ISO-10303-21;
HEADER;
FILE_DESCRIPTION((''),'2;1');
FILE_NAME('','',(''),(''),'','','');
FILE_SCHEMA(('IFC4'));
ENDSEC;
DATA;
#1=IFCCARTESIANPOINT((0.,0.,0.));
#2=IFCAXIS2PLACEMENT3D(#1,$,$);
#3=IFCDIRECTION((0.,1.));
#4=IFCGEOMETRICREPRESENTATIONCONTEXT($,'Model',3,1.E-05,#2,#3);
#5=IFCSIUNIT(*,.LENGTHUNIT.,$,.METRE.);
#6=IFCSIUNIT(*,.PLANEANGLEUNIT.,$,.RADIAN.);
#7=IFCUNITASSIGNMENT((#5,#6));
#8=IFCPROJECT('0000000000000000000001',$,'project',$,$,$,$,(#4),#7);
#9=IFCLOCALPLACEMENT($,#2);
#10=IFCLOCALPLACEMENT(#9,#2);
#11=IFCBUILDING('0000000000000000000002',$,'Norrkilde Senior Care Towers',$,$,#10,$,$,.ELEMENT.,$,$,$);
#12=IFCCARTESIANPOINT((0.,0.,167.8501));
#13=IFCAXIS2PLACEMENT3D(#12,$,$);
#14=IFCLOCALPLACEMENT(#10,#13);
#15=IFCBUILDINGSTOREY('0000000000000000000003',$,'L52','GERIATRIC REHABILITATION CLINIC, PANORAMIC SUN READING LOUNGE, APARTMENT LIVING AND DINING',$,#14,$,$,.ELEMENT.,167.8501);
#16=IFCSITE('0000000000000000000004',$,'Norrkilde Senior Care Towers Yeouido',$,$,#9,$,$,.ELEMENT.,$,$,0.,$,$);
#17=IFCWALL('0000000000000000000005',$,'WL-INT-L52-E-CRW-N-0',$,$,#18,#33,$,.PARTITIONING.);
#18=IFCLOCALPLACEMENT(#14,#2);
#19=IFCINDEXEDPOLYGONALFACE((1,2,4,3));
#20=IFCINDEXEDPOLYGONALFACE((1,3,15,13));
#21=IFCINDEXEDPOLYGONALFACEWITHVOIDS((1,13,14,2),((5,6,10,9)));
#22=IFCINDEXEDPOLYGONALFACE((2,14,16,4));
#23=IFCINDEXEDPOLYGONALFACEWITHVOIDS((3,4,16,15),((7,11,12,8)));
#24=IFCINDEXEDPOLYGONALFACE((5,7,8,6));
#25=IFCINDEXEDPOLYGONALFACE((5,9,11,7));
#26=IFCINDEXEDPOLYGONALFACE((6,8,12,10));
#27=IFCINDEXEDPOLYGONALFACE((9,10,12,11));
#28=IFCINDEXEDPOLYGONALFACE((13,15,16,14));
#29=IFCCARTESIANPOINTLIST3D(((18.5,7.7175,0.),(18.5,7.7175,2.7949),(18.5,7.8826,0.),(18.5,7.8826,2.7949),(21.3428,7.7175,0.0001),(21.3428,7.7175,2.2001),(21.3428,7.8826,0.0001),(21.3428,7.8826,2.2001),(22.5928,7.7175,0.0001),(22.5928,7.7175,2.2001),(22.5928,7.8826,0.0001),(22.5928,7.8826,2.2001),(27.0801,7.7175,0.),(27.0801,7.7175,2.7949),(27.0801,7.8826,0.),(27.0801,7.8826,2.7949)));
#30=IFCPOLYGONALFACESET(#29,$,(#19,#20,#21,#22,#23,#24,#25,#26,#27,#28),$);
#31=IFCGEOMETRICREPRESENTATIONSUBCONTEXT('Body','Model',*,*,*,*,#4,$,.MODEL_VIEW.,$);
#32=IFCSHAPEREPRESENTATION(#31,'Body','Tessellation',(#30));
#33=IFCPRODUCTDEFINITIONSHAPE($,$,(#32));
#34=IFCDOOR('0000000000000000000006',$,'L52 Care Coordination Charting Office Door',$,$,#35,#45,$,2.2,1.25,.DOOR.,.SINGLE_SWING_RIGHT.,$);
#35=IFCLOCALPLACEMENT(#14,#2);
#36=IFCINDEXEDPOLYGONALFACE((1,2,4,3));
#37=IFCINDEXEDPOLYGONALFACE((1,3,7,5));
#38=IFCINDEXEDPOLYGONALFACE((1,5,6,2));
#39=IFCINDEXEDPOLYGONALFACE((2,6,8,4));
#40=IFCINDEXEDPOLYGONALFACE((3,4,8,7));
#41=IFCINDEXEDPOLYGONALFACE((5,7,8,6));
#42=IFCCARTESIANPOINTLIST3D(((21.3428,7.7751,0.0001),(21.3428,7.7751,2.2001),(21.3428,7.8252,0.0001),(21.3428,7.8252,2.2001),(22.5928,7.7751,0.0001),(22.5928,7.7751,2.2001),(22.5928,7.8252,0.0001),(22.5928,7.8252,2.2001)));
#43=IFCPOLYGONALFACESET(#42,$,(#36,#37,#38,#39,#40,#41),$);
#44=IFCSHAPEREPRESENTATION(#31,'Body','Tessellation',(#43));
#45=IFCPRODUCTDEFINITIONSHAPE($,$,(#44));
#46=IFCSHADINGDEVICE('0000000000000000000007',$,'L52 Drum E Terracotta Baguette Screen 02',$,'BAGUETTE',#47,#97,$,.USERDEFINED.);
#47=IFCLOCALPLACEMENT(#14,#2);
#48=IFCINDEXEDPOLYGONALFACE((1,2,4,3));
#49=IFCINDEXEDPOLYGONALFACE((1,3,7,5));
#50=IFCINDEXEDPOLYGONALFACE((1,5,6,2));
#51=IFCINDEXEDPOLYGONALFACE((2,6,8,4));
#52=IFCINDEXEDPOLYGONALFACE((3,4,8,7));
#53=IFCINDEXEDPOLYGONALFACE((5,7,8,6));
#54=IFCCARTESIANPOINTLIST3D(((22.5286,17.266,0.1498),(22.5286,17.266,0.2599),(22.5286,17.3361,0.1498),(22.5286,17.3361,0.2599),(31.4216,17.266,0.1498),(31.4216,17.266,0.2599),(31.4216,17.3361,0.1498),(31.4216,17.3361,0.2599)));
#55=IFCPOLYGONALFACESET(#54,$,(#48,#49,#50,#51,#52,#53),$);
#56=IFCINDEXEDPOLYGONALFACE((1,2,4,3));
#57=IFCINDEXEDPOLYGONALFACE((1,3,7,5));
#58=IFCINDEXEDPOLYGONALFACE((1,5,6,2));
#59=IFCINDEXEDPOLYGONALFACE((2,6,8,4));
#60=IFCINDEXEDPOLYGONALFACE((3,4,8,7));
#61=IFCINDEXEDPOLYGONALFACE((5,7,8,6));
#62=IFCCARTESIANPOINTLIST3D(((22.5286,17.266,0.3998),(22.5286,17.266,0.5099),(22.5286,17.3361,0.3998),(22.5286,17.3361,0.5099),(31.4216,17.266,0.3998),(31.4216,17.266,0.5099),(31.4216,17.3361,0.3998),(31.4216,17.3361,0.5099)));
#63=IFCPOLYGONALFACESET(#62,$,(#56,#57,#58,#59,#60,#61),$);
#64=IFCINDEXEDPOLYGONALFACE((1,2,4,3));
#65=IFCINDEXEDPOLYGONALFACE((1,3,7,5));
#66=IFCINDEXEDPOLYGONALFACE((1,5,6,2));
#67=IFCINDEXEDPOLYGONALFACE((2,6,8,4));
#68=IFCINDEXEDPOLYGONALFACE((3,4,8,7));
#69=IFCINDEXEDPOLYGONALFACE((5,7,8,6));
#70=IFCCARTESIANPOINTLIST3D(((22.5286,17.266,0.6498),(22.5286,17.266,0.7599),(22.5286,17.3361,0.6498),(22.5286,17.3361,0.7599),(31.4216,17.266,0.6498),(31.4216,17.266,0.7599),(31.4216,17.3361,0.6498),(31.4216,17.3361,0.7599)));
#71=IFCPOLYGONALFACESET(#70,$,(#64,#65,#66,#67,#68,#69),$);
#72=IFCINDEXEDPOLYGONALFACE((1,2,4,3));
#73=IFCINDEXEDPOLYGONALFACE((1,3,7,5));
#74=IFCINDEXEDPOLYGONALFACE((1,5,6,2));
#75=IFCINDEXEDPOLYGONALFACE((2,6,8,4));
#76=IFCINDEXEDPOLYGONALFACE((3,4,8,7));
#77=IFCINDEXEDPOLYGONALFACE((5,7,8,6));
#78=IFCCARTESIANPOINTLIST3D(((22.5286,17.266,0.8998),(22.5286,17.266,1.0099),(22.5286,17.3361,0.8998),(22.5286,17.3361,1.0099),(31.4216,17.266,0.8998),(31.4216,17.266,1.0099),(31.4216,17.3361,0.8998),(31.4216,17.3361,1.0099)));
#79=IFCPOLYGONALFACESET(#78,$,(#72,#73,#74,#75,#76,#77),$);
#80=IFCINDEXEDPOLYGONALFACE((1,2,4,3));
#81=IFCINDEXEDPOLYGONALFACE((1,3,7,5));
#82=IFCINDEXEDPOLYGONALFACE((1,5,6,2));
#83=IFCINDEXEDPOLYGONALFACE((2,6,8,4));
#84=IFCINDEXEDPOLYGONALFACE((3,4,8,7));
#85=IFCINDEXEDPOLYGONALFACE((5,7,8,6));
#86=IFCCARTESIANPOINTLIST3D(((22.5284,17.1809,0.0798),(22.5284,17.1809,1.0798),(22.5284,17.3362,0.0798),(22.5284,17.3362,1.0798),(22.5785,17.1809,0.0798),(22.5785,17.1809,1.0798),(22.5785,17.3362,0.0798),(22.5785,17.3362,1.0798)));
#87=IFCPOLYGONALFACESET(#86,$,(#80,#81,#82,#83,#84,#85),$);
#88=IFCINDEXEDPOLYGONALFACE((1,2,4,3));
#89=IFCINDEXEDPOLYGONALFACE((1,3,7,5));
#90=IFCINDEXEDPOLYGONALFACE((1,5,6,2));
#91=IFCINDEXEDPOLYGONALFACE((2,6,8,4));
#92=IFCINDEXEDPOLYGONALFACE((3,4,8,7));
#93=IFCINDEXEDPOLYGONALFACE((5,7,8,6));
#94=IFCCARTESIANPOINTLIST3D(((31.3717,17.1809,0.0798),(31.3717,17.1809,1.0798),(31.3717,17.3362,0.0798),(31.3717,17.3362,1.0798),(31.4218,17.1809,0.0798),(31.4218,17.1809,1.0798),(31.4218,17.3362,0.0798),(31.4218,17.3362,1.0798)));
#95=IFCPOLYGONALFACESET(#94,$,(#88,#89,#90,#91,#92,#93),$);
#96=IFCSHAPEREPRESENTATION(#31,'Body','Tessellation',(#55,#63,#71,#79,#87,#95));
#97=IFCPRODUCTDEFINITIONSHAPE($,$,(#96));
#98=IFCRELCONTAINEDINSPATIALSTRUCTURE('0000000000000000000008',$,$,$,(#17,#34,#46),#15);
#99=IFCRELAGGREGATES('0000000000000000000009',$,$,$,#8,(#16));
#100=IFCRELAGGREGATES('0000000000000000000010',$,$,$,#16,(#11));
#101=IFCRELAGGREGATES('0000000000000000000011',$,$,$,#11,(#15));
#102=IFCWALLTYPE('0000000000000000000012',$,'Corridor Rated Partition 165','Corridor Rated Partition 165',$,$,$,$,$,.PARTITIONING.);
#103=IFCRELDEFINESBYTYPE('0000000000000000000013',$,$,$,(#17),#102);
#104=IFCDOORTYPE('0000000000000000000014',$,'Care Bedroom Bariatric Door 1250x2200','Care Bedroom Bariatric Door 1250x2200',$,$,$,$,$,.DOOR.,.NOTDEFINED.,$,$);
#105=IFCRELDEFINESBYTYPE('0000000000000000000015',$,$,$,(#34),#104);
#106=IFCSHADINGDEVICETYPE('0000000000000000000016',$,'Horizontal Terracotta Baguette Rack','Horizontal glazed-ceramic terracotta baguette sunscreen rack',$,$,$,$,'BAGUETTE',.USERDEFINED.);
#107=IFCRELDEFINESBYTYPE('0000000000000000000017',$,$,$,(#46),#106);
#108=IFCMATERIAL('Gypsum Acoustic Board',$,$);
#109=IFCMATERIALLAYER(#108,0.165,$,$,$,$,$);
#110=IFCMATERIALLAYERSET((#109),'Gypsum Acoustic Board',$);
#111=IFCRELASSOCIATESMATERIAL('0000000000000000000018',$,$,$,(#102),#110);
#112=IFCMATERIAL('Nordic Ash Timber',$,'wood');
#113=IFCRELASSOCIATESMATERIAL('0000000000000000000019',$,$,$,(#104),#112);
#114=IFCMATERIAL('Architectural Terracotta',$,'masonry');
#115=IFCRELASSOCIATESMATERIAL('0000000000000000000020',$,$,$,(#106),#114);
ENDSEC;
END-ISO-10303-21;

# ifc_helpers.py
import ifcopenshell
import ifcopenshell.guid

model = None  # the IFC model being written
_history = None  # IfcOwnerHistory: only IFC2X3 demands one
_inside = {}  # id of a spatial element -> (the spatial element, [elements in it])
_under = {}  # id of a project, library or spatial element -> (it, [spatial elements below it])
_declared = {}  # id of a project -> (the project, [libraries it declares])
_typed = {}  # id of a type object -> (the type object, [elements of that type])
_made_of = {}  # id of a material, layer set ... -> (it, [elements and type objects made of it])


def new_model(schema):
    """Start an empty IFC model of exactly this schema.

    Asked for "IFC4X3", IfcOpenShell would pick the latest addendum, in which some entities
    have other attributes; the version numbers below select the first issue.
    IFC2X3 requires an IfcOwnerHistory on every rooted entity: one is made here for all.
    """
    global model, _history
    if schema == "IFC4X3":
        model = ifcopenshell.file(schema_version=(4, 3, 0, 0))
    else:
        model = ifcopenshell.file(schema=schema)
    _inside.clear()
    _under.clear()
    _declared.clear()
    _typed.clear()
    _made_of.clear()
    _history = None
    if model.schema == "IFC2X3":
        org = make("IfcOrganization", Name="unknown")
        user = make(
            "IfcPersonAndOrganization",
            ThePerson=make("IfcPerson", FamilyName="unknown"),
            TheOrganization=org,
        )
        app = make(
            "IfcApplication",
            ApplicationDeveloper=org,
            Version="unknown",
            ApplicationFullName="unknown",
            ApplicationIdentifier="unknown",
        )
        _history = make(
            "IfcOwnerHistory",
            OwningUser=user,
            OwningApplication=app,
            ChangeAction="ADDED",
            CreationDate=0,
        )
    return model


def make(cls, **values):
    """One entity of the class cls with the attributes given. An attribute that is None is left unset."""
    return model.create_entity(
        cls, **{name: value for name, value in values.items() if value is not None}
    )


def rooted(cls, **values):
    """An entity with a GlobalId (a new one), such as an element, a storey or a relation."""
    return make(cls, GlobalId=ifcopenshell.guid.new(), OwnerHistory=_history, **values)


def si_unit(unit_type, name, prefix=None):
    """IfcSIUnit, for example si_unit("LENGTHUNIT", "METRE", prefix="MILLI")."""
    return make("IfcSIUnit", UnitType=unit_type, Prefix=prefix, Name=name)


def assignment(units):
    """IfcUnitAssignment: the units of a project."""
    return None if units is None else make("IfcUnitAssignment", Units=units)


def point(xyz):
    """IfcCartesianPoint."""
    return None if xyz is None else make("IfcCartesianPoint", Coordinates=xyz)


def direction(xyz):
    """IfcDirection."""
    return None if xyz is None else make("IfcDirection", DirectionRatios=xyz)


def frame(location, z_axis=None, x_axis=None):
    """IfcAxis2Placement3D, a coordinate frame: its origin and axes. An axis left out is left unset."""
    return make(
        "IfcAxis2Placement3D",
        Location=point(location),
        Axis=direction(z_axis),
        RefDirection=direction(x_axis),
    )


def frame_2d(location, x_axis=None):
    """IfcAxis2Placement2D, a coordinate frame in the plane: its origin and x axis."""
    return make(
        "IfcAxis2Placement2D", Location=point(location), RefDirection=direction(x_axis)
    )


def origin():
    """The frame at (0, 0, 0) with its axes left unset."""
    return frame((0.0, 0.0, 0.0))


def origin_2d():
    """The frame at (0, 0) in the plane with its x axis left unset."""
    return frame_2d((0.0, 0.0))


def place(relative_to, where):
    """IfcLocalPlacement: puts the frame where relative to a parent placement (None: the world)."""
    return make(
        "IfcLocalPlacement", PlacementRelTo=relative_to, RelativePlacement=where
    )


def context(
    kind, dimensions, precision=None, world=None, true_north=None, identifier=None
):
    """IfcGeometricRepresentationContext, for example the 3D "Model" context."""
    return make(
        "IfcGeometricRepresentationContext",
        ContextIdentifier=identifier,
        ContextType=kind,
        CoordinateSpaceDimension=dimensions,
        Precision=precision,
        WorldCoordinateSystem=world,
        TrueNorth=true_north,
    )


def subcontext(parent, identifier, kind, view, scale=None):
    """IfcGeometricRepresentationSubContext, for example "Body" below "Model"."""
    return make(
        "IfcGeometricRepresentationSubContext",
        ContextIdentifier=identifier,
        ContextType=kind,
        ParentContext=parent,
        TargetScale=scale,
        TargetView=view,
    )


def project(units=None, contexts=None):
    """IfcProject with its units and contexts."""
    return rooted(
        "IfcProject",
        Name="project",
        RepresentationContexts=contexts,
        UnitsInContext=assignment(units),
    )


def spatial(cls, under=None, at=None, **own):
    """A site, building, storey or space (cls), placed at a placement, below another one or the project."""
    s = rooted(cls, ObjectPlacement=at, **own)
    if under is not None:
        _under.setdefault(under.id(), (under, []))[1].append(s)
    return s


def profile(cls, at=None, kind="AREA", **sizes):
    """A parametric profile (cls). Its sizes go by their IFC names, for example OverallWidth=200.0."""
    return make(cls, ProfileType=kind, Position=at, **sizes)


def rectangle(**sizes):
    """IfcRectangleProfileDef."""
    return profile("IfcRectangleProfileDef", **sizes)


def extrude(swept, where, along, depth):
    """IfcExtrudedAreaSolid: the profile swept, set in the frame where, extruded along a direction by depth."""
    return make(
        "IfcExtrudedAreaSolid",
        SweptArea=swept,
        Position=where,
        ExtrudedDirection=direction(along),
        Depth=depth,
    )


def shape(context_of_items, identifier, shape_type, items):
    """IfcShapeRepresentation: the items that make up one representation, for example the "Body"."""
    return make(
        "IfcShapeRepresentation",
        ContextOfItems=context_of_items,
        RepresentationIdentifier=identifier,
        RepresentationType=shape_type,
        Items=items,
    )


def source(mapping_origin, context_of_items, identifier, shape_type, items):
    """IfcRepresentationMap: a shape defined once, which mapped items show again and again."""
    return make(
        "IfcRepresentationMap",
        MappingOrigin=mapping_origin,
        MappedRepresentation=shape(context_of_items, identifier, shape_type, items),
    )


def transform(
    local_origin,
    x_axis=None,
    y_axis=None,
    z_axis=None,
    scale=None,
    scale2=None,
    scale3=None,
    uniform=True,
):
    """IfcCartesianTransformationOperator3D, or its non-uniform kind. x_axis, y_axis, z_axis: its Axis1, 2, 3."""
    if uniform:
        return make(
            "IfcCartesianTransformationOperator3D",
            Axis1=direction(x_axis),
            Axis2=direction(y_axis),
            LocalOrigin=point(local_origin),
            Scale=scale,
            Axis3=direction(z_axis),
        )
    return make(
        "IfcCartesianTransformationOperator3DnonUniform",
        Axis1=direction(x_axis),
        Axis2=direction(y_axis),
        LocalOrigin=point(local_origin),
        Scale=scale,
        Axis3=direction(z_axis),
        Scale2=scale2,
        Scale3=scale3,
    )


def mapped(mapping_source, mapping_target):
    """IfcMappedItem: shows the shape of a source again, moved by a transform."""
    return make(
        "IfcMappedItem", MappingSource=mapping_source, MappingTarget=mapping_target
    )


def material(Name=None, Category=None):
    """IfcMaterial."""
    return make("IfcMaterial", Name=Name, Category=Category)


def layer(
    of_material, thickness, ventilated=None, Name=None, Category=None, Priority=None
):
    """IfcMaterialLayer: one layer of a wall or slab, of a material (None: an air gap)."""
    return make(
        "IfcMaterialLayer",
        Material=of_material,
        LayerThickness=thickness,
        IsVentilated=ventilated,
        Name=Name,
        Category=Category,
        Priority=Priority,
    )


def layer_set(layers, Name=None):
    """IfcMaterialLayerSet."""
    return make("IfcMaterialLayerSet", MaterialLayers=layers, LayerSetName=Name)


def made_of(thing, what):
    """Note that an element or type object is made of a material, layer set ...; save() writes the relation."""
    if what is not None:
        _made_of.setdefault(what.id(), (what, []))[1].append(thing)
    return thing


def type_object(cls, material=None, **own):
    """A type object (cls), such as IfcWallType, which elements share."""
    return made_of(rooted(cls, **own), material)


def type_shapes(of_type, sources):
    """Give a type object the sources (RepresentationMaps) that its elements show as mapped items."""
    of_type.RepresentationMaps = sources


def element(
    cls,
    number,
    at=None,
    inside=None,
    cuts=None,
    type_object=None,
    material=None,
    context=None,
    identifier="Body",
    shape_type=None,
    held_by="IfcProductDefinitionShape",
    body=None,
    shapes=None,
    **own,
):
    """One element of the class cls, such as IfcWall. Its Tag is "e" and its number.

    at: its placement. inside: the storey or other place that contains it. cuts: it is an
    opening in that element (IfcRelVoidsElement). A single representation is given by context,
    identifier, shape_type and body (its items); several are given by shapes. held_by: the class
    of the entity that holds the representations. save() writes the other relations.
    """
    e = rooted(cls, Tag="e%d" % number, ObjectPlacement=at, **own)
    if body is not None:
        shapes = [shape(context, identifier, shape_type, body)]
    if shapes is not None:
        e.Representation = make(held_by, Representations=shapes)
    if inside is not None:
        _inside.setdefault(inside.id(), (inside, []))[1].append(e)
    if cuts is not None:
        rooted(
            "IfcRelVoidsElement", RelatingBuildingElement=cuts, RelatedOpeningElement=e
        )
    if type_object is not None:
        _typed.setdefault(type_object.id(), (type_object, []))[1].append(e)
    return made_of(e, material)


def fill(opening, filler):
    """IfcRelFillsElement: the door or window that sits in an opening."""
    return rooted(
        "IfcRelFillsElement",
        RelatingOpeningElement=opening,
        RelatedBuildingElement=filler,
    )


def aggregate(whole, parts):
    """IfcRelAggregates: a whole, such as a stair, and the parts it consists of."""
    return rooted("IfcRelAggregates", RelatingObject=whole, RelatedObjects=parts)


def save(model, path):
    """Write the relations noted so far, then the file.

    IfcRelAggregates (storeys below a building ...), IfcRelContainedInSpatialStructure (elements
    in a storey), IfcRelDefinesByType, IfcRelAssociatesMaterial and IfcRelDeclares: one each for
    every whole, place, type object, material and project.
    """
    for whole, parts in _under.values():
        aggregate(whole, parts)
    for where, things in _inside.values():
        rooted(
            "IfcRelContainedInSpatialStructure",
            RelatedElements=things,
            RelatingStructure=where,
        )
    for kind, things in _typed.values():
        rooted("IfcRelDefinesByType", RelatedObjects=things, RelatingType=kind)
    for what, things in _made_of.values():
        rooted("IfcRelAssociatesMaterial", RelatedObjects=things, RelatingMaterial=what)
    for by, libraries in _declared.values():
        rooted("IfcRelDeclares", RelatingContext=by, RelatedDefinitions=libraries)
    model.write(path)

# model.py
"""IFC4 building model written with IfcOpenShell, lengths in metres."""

from ifc_helpers import new_model, si_unit, direction, frame, frame_2d, origin, origin_2d, place, context, subcontext, project, spatial, rectangle, extrude, source, transform, mapped, material, layer, layer_set, type_object, type_shapes, element, fill, save


model = new_model("IFC4")

# Units and contexts
model_context = context("Model", 3, precision=1e-05, world=origin(), true_north=direction((0.0, 1.0)))
body_context = subcontext(model_context, "Body", "Model", "MODEL_VIEW")
ifc_project = project(units=[si_unit("LENGTHUNIT", "METRE"), si_unit("PLANEANGLEUNIT", "RADIAN")], contexts=[model_context])

# Site, building, storey
site_placement = place(None, origin())
site = spatial("IfcSite", under=ifc_project, at=site_placement, Name="Norrkilde Senior Care Towers Yeouido", CompositionType="ELEMENT", RefElevation=0.0)
building_placement = place(site_placement, origin())
building = spatial("IfcBuilding", under=site, at=building_placement, Name="Norrkilde Senior Care Towers", CompositionType="ELEMENT")
storey_placement = place(building_placement, frame((0.0, 0.0, 167.8501)))
storey = spatial("IfcBuildingStorey", under=building, at=storey_placement, Name="L52", Description="GERIATRIC REHABILITATION CLINIC, PANORAMIC SUN READING LOUNGE, APARTMENT LIVING AND DINING", CompositionType="ELEMENT", Elevation=167.8501)

# Shared definitions
ifc_material_1 = material(Name="Gypsum Acoustic Board")
ifc_layer_1 = layer(ifc_material_1, 0.165)
ifc_layer_set_1 = layer_set([ifc_layer_1], Name="Gypsum Acoustic Board")
wall_type_1 = type_object("IfcWallType", Name="Corridor Rated Partition 165", Description="Corridor Rated Partition 165", PredefinedType="PARTITIONING", material=ifc_layer_set_1)

# Wall, opening, door
shared_shape_1 = source(origin(), body_context, "Body", "SweptSolid", [
    extrude(rectangle(XDim=8.5801, YDim=0.165, at=frame_2d((4.29, 0.0))), origin(), (0.0, 0.0, 1.0), 2.7949),
])
wall_1_placement = place(storey_placement, frame((18.5, 7.8, 0.0), z_axis=(0.0, 0.0, 1.0), x_axis=(1.0, 0.0, 0.0)))
wall_1 = element("IfcWall", 1, at=wall_1_placement, inside=storey, type_object=wall_type_1, Name="WL-INT-L52-E-CRW-N-0", PredefinedType="PARTITIONING", context=body_context, shape_type="MappedRepresentation", body=[
    mapped(shared_shape_1, transform((0.0, 0.0, 0.0), x_axis=(1.0, 0.0, 0.0), y_axis=(0.0, 1.0, 0.0), z_axis=(0.0, 0.0, 1.0), scale=1.0)),
])
opening_placement = place(wall_1_placement, frame((2.8428, 0.0, 0.0)))
opening = element("IfcOpeningElement", 2, at=opening_placement, cuts=wall_1, PredefinedType="OPENING", context=body_context, shape_type="SweptSolid", body=[
    extrude(rectangle(XDim=1.25, YDim=2.2, at=frame_2d((0.625, 1.1001))), frame((0.0, 0.0925, 0.0), z_axis=(0.0, -1.0, 0.0), x_axis=(1.0, 0.0, 0.0)), (0.0, 0.0, 1.0), 0.1851),
])
ifc_material_2 = material(Name="Nordic Ash Timber", Category="wood")
door_type = type_object("IfcDoorType", Name="Care Bedroom Bariatric Door 1250x2200", Description="Care Bedroom Bariatric Door 1250x2200", OperationType="NOTDEFINED", PredefinedType="DOOR", material=ifc_material_2)
shared_shape_2 = source(origin(), body_context, "Body", "SweptSolid", [
    extrude(rectangle(XDim=1.25, YDim=2.2, at=frame_2d((0.625, 1.1001))), frame((0.0, 0.0249, 0.0), z_axis=(0.0, -1.0, 0.0), x_axis=(1.0, 0.0, 0.0)), (0.0, 0.0, 1.0), 0.05),
])
type_shapes(door_type, [shared_shape_2])
door_placement = place(opening_placement, frame((1.25, 0.0, 0.0), z_axis=(0.0, 0.0, 1.0), x_axis=(-1.0, 0.0, 0.0)))
door = element("IfcDoor", 3, at=door_placement, inside=storey, type_object=door_type, Name="L52 Care Coordination Charting Office Door", OperationType="SINGLE_SWING_RIGHT", OverallHeight=2.2, OverallWidth=1.25, PredefinedType="DOOR", context=body_context, shape_type="MappedRepresentation", body=[
    mapped(shared_shape_2, transform((0.0, 0.0, 0.0), x_axis=(1.0, 0.0, 0.0), y_axis=(0.0, 1.0, 0.0), z_axis=(0.0, 0.0, 1.0), scale=1.0)),
])
fill(opening, door)

# Shading device
ifc_material_3 = material(Name="Architectural Terracotta", Category="masonry")
shading_device_type = type_object("IfcShadingDeviceType", Name="Horizontal Terracotta Baguette Rack", Description="Horizontal glazed-ceramic terracotta baguette sunscreen rack", ElementType="BAGUETTE", PredefinedType="USERDEFINED", material=ifc_material_3)
shared_shape_3 = source(origin(), body_context, "Body", "SweptSolid", [
    extrude(rectangle(XDim=0.0701, YDim=0.1101, at=origin_2d()), frame((0.0, 0.0901, 0.125), z_axis=(1.0, 0.0, 0.0), x_axis=(0.0, 1.0, 0.0)), (0.0, 0.0, 1.0), 8.8931),
    extrude(rectangle(XDim=0.0701, YDim=0.1101, at=origin_2d()), frame((0.0, 0.0901, 0.375), z_axis=(1.0, 0.0, 0.0), x_axis=(0.0, 1.0, 0.0)), (0.0, 0.0, 1.0), 8.8931),
    extrude(rectangle(XDim=0.0701, YDim=0.1101, at=origin_2d()), frame((0.0, 0.0901, 0.625), z_axis=(1.0, 0.0, 0.0), x_axis=(0.0, 1.0, 0.0)), (0.0, 0.0, 1.0), 8.8931),
    extrude(rectangle(XDim=0.0701, YDim=0.1101, at=origin_2d()), frame((0.0, 0.0901, 0.875), z_axis=(1.0, 0.0, 0.0), x_axis=(0.0, 1.0, 0.0)), (0.0, 0.0, 1.0), 8.8931),
    extrude(rectangle(XDim=0.05, YDim=0.1553, at=origin_2d()), frame((0.0249, 0.0476, 0.0)), (0.0, 0.0, 1.0), 1.0),
    extrude(rectangle(XDim=0.05, YDim=0.1553, at=origin_2d()), frame((8.8682, 0.0476, 0.0)), (0.0, 0.0, 1.0), 1.0),
])
type_shapes(shading_device_type, [shared_shape_3])
shading_device_placement = place(storey_placement, frame((22.5286, 17.2109, 0.0798), z_axis=(0.0, 0.0, 1.0), x_axis=(1.0, 0.0, 0.0)))
element("IfcShadingDevice", 4, at=shading_device_placement, inside=storey, type_object=shading_device_type, Name="L52 Drum E Terracotta Baguette Screen 02", ObjectType="BAGUETTE", PredefinedType="USERDEFINED", context=body_context, shape_type="MappedRepresentation", body=[
    mapped(shared_shape_3, transform((0.0, 0.0, 0.0), x_axis=(1.0, 0.0, 0.0), y_axis=(0.0, 1.0, 0.0), z_axis=(0.0, 0.0, 1.0), scale=1.0)),
])

save(model, "model.ifc")
